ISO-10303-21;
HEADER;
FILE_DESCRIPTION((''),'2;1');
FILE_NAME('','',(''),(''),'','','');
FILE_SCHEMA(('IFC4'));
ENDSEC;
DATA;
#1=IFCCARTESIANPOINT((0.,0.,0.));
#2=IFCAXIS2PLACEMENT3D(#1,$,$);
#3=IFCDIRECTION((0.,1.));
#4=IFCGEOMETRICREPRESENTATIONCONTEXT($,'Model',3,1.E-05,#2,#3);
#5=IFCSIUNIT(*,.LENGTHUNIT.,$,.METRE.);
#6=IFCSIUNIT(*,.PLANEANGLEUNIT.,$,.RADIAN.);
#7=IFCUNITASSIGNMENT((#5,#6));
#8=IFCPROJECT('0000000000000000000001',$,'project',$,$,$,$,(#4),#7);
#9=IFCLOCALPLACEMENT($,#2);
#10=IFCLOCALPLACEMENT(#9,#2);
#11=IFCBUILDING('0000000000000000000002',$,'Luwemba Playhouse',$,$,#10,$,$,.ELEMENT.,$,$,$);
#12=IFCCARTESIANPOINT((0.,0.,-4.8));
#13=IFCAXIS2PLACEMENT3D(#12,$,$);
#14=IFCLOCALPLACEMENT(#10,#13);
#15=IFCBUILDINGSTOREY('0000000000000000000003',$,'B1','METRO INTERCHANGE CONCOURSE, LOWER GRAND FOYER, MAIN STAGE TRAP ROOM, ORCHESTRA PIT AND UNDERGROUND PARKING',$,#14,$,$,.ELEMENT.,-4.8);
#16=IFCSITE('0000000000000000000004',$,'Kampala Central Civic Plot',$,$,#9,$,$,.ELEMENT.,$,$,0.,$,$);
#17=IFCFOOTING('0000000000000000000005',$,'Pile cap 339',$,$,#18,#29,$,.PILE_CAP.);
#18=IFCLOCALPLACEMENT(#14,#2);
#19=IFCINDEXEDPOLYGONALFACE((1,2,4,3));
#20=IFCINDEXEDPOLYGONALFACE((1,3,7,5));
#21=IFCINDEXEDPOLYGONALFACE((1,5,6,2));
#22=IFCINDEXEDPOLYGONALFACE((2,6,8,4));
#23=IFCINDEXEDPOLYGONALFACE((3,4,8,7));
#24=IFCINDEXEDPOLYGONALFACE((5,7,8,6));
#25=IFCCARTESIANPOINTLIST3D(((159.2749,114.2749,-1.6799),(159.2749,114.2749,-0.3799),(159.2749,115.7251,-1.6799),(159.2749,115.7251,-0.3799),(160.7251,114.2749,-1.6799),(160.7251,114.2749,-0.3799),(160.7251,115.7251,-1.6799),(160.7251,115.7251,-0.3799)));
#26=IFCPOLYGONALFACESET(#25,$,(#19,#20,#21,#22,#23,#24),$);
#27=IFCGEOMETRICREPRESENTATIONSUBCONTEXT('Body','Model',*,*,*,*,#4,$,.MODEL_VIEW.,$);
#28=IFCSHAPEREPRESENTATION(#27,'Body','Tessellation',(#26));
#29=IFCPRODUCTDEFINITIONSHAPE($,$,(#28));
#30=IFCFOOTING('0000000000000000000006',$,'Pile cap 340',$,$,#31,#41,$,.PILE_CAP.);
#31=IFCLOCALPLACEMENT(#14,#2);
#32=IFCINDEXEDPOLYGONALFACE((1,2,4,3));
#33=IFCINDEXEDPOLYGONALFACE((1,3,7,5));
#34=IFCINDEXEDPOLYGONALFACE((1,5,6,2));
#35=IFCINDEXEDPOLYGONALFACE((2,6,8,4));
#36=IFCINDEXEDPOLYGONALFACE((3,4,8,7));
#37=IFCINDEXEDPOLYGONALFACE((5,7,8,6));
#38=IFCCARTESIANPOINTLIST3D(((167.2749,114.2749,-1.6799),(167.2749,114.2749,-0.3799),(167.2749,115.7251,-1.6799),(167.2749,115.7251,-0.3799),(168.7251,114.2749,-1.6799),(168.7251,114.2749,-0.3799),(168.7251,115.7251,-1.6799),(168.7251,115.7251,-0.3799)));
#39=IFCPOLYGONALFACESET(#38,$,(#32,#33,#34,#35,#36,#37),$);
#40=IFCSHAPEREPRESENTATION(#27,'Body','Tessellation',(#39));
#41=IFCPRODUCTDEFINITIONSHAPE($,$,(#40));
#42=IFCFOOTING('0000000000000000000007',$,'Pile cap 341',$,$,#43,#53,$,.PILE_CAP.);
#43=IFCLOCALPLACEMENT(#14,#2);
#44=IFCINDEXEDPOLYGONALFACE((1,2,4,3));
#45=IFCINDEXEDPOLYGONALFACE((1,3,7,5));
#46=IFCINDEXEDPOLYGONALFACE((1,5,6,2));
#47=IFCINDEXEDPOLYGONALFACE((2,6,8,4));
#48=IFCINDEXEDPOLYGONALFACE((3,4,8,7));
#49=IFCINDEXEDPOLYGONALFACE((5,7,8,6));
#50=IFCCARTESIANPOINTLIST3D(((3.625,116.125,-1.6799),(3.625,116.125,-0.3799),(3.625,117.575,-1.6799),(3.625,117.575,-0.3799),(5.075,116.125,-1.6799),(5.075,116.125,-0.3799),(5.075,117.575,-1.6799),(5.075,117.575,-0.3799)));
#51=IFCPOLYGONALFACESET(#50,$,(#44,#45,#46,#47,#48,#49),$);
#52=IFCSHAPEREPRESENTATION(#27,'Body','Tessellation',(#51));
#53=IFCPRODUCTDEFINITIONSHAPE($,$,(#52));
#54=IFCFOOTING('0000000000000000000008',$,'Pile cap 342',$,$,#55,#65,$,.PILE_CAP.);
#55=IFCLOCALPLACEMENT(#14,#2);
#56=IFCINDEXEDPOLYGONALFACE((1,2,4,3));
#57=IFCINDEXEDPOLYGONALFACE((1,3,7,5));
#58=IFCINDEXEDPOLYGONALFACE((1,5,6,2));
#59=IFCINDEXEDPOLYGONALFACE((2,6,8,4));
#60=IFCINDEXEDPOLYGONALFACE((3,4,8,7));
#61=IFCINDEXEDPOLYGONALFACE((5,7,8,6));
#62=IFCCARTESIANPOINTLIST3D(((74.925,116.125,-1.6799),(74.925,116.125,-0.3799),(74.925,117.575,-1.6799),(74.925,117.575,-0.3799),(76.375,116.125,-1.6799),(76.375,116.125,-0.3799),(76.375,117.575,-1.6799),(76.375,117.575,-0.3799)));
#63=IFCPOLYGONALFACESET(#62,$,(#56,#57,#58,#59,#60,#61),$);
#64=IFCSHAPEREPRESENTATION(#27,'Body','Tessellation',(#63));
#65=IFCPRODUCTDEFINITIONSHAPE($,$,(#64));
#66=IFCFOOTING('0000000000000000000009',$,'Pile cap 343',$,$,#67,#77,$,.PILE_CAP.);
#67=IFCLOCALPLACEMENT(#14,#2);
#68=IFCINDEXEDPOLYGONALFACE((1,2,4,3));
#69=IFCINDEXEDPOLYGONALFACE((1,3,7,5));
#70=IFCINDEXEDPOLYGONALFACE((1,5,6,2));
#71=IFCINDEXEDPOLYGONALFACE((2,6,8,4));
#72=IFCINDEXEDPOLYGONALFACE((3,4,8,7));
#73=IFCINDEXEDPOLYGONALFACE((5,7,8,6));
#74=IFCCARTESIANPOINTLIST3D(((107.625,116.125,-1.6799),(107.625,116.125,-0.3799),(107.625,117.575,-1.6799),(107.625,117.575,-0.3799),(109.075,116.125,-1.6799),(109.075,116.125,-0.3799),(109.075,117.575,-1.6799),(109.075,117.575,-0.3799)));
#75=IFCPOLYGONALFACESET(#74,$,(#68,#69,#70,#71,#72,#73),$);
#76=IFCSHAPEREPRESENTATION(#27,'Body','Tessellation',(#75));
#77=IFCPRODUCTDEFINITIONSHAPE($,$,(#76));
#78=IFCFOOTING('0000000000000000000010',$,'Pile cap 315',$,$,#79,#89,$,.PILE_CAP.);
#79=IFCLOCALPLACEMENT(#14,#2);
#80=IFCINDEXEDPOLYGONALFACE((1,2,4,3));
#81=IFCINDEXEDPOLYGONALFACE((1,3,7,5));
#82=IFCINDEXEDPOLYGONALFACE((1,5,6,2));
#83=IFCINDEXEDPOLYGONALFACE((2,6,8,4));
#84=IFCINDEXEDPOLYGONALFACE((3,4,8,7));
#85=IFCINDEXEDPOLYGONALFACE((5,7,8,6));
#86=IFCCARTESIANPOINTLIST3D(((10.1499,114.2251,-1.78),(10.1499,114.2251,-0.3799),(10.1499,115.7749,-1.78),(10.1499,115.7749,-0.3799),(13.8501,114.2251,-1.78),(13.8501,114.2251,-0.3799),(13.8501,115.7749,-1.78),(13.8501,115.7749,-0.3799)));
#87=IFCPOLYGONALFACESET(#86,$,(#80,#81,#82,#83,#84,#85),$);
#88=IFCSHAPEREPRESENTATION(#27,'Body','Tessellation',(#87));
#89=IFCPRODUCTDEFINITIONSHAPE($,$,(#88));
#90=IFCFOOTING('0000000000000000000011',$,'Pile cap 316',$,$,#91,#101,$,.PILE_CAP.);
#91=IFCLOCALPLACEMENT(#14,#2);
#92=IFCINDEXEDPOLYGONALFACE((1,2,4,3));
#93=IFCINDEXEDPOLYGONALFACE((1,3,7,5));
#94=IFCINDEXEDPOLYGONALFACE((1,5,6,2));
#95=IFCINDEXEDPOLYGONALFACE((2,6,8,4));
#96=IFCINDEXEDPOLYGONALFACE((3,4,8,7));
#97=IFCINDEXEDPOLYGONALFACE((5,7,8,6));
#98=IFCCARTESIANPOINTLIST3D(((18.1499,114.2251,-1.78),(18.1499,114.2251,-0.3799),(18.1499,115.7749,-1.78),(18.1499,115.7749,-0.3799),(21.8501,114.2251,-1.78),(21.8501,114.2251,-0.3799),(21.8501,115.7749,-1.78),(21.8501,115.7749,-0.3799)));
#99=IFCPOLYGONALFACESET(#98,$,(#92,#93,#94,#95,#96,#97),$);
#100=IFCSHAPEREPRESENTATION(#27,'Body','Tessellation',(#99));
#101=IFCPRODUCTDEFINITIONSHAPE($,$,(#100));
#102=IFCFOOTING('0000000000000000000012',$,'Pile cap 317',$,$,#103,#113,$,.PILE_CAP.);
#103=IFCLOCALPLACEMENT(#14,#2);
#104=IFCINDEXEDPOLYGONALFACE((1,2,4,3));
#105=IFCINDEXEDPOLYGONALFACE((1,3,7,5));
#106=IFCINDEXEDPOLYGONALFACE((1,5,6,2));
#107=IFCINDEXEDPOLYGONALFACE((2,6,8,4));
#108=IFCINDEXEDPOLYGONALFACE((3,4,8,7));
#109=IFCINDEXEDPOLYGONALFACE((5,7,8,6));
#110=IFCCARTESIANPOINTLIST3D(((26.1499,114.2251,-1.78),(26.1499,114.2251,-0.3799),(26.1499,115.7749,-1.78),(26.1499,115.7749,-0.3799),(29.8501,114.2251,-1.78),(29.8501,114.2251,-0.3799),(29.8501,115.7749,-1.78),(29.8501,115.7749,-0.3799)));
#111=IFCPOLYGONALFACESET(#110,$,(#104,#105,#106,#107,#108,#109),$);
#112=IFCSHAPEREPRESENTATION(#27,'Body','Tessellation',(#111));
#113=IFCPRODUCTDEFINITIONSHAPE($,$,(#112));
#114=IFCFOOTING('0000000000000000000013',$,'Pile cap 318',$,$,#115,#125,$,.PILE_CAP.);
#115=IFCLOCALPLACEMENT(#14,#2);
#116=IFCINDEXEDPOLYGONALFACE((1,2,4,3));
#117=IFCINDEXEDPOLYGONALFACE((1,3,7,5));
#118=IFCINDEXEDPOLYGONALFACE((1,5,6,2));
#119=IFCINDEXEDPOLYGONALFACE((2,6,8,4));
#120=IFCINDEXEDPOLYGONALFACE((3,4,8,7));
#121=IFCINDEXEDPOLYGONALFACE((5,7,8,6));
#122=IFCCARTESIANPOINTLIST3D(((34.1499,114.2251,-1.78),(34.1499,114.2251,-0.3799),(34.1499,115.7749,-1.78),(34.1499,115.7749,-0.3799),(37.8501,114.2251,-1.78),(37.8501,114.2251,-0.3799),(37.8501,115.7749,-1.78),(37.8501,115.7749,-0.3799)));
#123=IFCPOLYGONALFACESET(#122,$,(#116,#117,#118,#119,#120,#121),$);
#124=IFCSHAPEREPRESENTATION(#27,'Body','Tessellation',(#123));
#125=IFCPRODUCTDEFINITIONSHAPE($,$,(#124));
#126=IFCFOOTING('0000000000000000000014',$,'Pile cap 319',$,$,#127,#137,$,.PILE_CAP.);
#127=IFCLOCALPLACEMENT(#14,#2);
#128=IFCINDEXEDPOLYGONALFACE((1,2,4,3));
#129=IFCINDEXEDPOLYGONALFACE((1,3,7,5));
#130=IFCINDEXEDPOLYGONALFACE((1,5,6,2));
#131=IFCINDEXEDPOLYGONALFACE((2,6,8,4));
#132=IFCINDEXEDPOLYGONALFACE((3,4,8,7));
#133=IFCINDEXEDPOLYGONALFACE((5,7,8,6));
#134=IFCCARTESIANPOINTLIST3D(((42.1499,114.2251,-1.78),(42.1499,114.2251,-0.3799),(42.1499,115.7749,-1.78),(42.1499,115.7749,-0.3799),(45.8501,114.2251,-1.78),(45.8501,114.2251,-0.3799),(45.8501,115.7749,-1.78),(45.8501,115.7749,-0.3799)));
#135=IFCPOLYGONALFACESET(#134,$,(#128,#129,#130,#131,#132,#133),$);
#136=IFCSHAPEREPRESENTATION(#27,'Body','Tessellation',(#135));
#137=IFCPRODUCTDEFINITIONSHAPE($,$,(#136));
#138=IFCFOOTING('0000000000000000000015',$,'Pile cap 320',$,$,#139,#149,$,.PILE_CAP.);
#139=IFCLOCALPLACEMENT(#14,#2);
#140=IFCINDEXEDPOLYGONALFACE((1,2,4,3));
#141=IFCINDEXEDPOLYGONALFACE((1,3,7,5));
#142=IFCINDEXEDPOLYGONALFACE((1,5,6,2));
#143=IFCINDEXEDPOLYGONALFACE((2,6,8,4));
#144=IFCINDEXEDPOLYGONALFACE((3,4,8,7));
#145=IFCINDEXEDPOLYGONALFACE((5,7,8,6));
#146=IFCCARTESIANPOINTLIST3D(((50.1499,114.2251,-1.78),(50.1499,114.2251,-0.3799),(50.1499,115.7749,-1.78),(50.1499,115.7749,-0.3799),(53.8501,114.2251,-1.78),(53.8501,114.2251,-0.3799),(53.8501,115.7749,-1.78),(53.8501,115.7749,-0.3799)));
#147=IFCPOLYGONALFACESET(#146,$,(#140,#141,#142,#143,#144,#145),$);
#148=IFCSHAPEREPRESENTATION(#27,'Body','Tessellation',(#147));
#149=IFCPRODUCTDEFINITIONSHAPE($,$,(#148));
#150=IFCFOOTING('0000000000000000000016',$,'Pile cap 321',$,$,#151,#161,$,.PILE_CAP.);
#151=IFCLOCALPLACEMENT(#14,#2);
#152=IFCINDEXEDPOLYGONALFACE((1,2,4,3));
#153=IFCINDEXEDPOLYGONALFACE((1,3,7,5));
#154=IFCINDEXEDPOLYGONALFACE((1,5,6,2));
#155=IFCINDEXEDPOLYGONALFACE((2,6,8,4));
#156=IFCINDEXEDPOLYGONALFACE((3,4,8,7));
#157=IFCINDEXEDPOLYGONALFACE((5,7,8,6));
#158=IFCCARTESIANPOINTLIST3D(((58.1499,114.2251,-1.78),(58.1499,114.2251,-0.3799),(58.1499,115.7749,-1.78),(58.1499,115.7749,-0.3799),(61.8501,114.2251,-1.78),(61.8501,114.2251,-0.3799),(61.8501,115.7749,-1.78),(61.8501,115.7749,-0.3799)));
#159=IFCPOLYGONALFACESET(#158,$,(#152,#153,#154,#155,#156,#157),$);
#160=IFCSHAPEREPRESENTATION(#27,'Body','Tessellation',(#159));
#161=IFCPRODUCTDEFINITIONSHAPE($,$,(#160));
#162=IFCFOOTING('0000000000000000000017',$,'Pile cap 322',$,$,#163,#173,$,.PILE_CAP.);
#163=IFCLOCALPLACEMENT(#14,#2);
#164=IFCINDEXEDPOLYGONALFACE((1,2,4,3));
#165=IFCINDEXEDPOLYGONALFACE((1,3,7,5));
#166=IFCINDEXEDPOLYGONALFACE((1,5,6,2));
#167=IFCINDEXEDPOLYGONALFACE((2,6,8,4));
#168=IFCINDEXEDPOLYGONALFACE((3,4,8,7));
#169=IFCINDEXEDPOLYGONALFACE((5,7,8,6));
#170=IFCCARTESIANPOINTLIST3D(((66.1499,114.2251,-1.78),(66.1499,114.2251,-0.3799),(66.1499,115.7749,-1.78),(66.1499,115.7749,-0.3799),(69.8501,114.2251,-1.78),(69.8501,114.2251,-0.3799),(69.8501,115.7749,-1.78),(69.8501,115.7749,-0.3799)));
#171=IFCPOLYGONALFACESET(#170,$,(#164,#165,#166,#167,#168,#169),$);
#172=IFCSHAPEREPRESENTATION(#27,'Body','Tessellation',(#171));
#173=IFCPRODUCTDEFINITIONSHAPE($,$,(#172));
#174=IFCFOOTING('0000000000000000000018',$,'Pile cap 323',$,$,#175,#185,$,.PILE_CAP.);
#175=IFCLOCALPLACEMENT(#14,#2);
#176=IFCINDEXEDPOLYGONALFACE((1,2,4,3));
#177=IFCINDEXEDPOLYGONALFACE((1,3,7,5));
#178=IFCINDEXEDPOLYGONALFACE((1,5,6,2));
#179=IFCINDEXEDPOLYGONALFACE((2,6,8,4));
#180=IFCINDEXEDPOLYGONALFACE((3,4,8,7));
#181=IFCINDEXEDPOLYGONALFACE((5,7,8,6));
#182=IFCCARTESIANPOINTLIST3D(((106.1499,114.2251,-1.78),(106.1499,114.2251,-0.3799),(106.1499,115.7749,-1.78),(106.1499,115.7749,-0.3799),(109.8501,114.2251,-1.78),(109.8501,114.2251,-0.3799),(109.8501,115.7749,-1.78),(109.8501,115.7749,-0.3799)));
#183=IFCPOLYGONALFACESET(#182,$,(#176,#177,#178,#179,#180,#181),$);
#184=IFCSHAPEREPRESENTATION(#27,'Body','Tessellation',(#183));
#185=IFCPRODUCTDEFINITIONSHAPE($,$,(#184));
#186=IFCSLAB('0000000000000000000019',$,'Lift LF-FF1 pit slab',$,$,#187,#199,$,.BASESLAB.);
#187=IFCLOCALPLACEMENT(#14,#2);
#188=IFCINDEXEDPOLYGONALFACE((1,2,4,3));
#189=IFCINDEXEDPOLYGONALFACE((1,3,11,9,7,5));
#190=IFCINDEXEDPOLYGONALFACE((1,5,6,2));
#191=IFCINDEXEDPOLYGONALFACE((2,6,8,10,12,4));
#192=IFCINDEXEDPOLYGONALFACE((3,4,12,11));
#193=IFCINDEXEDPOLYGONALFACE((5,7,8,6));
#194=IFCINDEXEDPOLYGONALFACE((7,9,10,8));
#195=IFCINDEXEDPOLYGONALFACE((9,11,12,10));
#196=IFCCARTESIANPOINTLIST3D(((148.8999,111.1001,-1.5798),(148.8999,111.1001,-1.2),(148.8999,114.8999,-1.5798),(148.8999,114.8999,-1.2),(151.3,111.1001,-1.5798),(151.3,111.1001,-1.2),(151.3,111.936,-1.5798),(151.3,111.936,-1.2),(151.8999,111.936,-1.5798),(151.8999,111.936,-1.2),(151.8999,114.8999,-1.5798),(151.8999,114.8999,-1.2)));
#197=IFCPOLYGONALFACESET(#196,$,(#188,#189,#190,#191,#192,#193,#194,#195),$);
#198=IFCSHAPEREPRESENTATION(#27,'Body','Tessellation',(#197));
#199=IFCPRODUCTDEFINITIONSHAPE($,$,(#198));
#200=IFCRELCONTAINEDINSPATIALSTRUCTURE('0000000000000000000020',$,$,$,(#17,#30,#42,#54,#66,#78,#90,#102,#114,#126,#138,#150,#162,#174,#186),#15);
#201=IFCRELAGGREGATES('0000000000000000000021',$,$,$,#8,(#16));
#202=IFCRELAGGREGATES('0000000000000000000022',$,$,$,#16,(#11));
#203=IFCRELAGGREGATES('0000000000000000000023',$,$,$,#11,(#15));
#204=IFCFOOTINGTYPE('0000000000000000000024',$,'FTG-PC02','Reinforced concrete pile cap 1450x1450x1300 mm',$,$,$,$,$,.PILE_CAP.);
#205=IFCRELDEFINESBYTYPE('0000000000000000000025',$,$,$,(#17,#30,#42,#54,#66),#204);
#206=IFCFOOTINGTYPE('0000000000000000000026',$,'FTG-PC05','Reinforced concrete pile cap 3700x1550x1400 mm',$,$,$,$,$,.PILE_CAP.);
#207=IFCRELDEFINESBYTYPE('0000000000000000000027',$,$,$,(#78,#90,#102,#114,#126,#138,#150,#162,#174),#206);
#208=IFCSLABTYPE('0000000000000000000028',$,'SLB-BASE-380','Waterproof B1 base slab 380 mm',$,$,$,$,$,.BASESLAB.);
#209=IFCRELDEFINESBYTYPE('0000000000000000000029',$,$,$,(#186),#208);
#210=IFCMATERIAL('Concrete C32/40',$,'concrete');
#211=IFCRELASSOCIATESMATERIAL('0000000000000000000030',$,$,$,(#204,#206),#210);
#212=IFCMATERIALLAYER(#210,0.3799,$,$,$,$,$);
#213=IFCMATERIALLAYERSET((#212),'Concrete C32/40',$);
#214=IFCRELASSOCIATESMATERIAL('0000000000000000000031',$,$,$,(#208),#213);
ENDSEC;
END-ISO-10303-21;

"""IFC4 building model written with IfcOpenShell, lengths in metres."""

from ifc_helpers import new_model, si_unit, direction, frame, origin, place, context, subcontext, project, spatial, polyline, outline, extrude, material, layer, layer_set, type_object, element, save


model = new_model("IFC4")

# Units and contexts
model_context = context("Model", 3, precision=1e-05, world=origin(), true_north=direction((0.0, 1.0)))
body_context = subcontext(model_context, "Body", "Model", "MODEL_VIEW")
ifc_project = project(units=[si_unit("LENGTHUNIT", "METRE"), si_unit("PLANEANGLEUNIT", "RADIAN")], contexts=[model_context])

# Site, building, storey
site_placement = place(None, origin())
site = spatial("IfcSite", under=ifc_project, at=site_placement, Name="Kampala Central Civic Plot", CompositionType="ELEMENT", RefElevation=0.0)
building_placement = place(site_placement, origin())
building = spatial("IfcBuilding", under=site, at=building_placement, Name="Luwemba Playhouse", CompositionType="ELEMENT")
storey_placement = place(building_placement, frame((0.0, 0.0, -4.8)))
storey = spatial("IfcBuildingStorey", under=building, at=storey_placement, Name="B1", Description="METRO INTERCHANGE CONCOURSE, LOWER GRAND FOYER, MAIN STAGE TRAP ROOM, ORCHESTRA PIT AND UNDERGROUND PARKING", CompositionType="ELEMENT", Elevation=-4.8)

# Footings
ifc_material = material(Name="Concrete C32/40", Category="concrete")
footing_type_1 = type_object("IfcFootingType", Name="FTG-PC02", Description="Reinforced concrete pile cap 1450x1450x1300 mm", PredefinedType="PILE_CAP", material=ifc_material)
footing_1_placement = place(storey_placement, frame((0.0, 0.0, -1.6799)))
element("IfcFooting", 1, at=footing_1_placement, inside=storey, type_object=footing_type_1, Name="Pile cap 339", PredefinedType="PILE_CAP", context=body_context, shape_type="SweptSolid", body=[
    extrude(outline(polyline([(159.2749, 114.2749), (160.7251, 114.2749), (160.7251, 115.7251), (159.2749, 115.7251), (159.2749, 114.2749)])), origin(), (0.0, 0.0, 1.0), 1.3),
])
footing_2_placement = place(storey_placement, frame((0.0, 0.0, -1.6799)))
element("IfcFooting", 2, at=footing_2_placement, inside=storey, type_object=footing_type_1, Name="Pile cap 340", PredefinedType="PILE_CAP", context=body_context, shape_type="SweptSolid", body=[
    extrude(outline(polyline([(167.2749, 114.2749), (168.7251, 114.2749), (168.7251, 115.7251), (167.2749, 115.7251), (167.2749, 114.2749)])), origin(), (0.0, 0.0, 1.0), 1.3),
])
footing_3_placement = place(storey_placement, frame((0.0, 0.0, -1.6799)))
element("IfcFooting", 3, at=footing_3_placement, inside=storey, type_object=footing_type_1, Name="Pile cap 341", PredefinedType="PILE_CAP", context=body_context, shape_type="SweptSolid", body=[
    extrude(outline(polyline([(3.625, 116.125), (5.075, 116.125), (5.075, 117.575), (3.625, 117.575), (3.625, 116.125)])), origin(), (0.0, 0.0, 1.0), 1.3),
])
footing_4_placement = place(storey_placement, frame((0.0, 0.0, -1.6799)))
element("IfcFooting", 4, at=footing_4_placement, inside=storey, type_object=footing_type_1, Name="Pile cap 342", PredefinedType="PILE_CAP", context=body_context, shape_type="SweptSolid", body=[
    extrude(outline(polyline([(74.925, 116.125), (76.375, 116.125), (76.375, 117.575), (74.925, 117.575), (74.925, 116.125)])), origin(), (0.0, 0.0, 1.0), 1.3),
])
footing_5_placement = place(storey_placement, frame((0.0, 0.0, -1.6799)))
element("IfcFooting", 5, at=footing_5_placement, inside=storey, type_object=footing_type_1, Name="Pile cap 343", PredefinedType="PILE_CAP", context=body_context, shape_type="SweptSolid", body=[
    extrude(outline(polyline([(107.625, 116.125), (109.075, 116.125), (109.075, 117.575), (107.625, 117.575), (107.625, 116.125)])), origin(), (0.0, 0.0, 1.0), 1.3),
])
footing_type_2 = type_object("IfcFootingType", Name="FTG-PC05", Description="Reinforced concrete pile cap 3700x1550x1400 mm", PredefinedType="PILE_CAP", material=ifc_material)
footing_6_placement = place(storey_placement, frame((0.0, 0.0, -1.78)))
element("IfcFooting", 6, at=footing_6_placement, inside=storey, type_object=footing_type_2, Name="Pile cap 315", PredefinedType="PILE_CAP", context=body_context, shape_type="SweptSolid", body=[
    extrude(outline(polyline([(10.1499, 114.2251), (13.8501, 114.2251), (13.8501, 115.7749), (10.1499, 115.7749), (10.1499, 114.2251)])), origin(), (0.0, 0.0, 1.0), 1.4001),
])
footing_7_placement = place(storey_placement, frame((0.0, 0.0, -1.78)))
element("IfcFooting", 7, at=footing_7_placement, inside=storey, type_object=footing_type_2, Name="Pile cap 316", PredefinedType="PILE_CAP", context=body_context, shape_type="SweptSolid", body=[
    extrude(outline(polyline([(18.1499, 114.2251), (21.8501, 114.2251), (21.8501, 115.7749), (18.1499, 115.7749), (18.1499, 114.2251)])), origin(), (0.0, 0.0, 1.0), 1.4001),
])
footing_8_placement = place(storey_placement, frame((0.0, 0.0, -1.78)))
element("IfcFooting", 8, at=footing_8_placement, inside=storey, type_object=footing_type_2, Name="Pile cap 317", PredefinedType="PILE_CAP", context=body_context, shape_type="SweptSolid", body=[
    extrude(outline(polyline([(26.1499, 114.2251), (29.8501, 114.2251), (29.8501, 115.7749), (26.1499, 115.7749), (26.1499, 114.2251)])), origin(), (0.0, 0.0, 1.0), 1.4001),
])
footing_9_placement = place(storey_placement, frame((0.0, 0.0, -1.78)))
element("IfcFooting", 9, at=footing_9_placement, inside=storey, type_object=footing_type_2, Name="Pile cap 318", PredefinedType="PILE_CAP", context=body_context, shape_type="SweptSolid", body=[
    extrude(outline(polyline([(34.1499, 114.2251), (37.8501, 114.2251), (37.8501, 115.7749), (34.1499, 115.7749), (34.1499, 114.2251)])), origin(), (0.0, 0.0, 1.0), 1.4001),
])
footing_10_placement = place(storey_placement, frame((0.0, 0.0, -1.78)))
element("IfcFooting", 10, at=footing_10_placement, inside=storey, type_object=footing_type_2, Name="Pile cap 319", PredefinedType="PILE_CAP", context=body_context, shape_type="SweptSolid", body=[
    extrude(outline(polyline([(42.1499, 114.2251), (45.8501, 114.2251), (45.8501, 115.7749), (42.1499, 115.7749), (42.1499, 114.2251)])), origin(), (0.0, 0.0, 1.0), 1.4001),
])
footing_11_placement = place(storey_placement, frame((0.0, 0.0, -1.78)))
element("IfcFooting", 11, at=footing_11_placement, inside=storey, type_object=footing_type_2, Name="Pile cap 320", PredefinedType="PILE_CAP", context=body_context, shape_type="SweptSolid", body=[
    extrude(outline(polyline([(50.1499, 114.2251), (53.8501, 114.2251), (53.8501, 115.7749), (50.1499, 115.7749), (50.1499, 114.2251)])), origin(), (0.0, 0.0, 1.0), 1.4001),
])
footing_12_placement = place(storey_placement, frame((0.0, 0.0, -1.78)))
element("IfcFooting", 12, at=footing_12_placement, inside=storey, type_object=footing_type_2, Name="Pile cap 321", PredefinedType="PILE_CAP", context=body_context, shape_type="SweptSolid", body=[
    extrude(outline(polyline([(58.1499, 114.2251), (61.8501, 114.2251), (61.8501, 115.7749), (58.1499, 115.7749), (58.1499, 114.2251)])), origin(), (0.0, 0.0, 1.0), 1.4001),
])
footing_13_placement = place(storey_placement, frame((0.0, 0.0, -1.78)))
element("IfcFooting", 13, at=footing_13_placement, inside=storey, type_object=footing_type_2, Name="Pile cap 322", PredefinedType="PILE_CAP", context=body_context, shape_type="SweptSolid", body=[
    extrude(outline(polyline([(66.1499, 114.2251), (69.8501, 114.2251), (69.8501, 115.7749), (66.1499, 115.7749), (66.1499, 114.2251)])), origin(), (0.0, 0.0, 1.0), 1.4001),
])
footing_14_placement = place(storey_placement, frame((0.0, 0.0, -1.78)))
element("IfcFooting", 14, at=footing_14_placement, inside=storey, type_object=footing_type_2, Name="Pile cap 323", PredefinedType="PILE_CAP", context=body_context, shape_type="SweptSolid", body=[
    extrude(outline(polyline([(106.1499, 114.2251), (109.8501, 114.2251), (109.8501, 115.7749), (106.1499, 115.7749), (106.1499, 114.2251)])), origin(), (0.0, 0.0, 1.0), 1.4001),
])

# Slab
ifc_layer = layer(ifc_material, 0.3799)
ifc_layer_set = layer_set([ifc_layer], Name="Concrete C32/40")
slab_type = type_object("IfcSlabType", Name="SLB-BASE-380", Description="Waterproof B1 base slab 380 mm", PredefinedType="BASESLAB", material=ifc_layer_set)
slab_1_placement = place(storey_placement, frame((0.0, 0.0, -1.5798)))
element("IfcSlab", 15, at=slab_1_placement, inside=storey, type_object=slab_type, Name="Lift LF-FF1 pit slab", PredefinedType="BASESLAB", context=body_context, shape_type="SweptSolid", body=[
    extrude(outline(polyline([(148.8999, 111.1001), (151.3, 111.1001), (151.3, 111.936), (151.8999, 111.936), (151.8999, 114.8999), (148.8999, 114.8999), (148.8999, 111.1001)])), origin(), (0.0, 0.0, 1.0), 0.3799),
])

save(model, "model.ifc")
